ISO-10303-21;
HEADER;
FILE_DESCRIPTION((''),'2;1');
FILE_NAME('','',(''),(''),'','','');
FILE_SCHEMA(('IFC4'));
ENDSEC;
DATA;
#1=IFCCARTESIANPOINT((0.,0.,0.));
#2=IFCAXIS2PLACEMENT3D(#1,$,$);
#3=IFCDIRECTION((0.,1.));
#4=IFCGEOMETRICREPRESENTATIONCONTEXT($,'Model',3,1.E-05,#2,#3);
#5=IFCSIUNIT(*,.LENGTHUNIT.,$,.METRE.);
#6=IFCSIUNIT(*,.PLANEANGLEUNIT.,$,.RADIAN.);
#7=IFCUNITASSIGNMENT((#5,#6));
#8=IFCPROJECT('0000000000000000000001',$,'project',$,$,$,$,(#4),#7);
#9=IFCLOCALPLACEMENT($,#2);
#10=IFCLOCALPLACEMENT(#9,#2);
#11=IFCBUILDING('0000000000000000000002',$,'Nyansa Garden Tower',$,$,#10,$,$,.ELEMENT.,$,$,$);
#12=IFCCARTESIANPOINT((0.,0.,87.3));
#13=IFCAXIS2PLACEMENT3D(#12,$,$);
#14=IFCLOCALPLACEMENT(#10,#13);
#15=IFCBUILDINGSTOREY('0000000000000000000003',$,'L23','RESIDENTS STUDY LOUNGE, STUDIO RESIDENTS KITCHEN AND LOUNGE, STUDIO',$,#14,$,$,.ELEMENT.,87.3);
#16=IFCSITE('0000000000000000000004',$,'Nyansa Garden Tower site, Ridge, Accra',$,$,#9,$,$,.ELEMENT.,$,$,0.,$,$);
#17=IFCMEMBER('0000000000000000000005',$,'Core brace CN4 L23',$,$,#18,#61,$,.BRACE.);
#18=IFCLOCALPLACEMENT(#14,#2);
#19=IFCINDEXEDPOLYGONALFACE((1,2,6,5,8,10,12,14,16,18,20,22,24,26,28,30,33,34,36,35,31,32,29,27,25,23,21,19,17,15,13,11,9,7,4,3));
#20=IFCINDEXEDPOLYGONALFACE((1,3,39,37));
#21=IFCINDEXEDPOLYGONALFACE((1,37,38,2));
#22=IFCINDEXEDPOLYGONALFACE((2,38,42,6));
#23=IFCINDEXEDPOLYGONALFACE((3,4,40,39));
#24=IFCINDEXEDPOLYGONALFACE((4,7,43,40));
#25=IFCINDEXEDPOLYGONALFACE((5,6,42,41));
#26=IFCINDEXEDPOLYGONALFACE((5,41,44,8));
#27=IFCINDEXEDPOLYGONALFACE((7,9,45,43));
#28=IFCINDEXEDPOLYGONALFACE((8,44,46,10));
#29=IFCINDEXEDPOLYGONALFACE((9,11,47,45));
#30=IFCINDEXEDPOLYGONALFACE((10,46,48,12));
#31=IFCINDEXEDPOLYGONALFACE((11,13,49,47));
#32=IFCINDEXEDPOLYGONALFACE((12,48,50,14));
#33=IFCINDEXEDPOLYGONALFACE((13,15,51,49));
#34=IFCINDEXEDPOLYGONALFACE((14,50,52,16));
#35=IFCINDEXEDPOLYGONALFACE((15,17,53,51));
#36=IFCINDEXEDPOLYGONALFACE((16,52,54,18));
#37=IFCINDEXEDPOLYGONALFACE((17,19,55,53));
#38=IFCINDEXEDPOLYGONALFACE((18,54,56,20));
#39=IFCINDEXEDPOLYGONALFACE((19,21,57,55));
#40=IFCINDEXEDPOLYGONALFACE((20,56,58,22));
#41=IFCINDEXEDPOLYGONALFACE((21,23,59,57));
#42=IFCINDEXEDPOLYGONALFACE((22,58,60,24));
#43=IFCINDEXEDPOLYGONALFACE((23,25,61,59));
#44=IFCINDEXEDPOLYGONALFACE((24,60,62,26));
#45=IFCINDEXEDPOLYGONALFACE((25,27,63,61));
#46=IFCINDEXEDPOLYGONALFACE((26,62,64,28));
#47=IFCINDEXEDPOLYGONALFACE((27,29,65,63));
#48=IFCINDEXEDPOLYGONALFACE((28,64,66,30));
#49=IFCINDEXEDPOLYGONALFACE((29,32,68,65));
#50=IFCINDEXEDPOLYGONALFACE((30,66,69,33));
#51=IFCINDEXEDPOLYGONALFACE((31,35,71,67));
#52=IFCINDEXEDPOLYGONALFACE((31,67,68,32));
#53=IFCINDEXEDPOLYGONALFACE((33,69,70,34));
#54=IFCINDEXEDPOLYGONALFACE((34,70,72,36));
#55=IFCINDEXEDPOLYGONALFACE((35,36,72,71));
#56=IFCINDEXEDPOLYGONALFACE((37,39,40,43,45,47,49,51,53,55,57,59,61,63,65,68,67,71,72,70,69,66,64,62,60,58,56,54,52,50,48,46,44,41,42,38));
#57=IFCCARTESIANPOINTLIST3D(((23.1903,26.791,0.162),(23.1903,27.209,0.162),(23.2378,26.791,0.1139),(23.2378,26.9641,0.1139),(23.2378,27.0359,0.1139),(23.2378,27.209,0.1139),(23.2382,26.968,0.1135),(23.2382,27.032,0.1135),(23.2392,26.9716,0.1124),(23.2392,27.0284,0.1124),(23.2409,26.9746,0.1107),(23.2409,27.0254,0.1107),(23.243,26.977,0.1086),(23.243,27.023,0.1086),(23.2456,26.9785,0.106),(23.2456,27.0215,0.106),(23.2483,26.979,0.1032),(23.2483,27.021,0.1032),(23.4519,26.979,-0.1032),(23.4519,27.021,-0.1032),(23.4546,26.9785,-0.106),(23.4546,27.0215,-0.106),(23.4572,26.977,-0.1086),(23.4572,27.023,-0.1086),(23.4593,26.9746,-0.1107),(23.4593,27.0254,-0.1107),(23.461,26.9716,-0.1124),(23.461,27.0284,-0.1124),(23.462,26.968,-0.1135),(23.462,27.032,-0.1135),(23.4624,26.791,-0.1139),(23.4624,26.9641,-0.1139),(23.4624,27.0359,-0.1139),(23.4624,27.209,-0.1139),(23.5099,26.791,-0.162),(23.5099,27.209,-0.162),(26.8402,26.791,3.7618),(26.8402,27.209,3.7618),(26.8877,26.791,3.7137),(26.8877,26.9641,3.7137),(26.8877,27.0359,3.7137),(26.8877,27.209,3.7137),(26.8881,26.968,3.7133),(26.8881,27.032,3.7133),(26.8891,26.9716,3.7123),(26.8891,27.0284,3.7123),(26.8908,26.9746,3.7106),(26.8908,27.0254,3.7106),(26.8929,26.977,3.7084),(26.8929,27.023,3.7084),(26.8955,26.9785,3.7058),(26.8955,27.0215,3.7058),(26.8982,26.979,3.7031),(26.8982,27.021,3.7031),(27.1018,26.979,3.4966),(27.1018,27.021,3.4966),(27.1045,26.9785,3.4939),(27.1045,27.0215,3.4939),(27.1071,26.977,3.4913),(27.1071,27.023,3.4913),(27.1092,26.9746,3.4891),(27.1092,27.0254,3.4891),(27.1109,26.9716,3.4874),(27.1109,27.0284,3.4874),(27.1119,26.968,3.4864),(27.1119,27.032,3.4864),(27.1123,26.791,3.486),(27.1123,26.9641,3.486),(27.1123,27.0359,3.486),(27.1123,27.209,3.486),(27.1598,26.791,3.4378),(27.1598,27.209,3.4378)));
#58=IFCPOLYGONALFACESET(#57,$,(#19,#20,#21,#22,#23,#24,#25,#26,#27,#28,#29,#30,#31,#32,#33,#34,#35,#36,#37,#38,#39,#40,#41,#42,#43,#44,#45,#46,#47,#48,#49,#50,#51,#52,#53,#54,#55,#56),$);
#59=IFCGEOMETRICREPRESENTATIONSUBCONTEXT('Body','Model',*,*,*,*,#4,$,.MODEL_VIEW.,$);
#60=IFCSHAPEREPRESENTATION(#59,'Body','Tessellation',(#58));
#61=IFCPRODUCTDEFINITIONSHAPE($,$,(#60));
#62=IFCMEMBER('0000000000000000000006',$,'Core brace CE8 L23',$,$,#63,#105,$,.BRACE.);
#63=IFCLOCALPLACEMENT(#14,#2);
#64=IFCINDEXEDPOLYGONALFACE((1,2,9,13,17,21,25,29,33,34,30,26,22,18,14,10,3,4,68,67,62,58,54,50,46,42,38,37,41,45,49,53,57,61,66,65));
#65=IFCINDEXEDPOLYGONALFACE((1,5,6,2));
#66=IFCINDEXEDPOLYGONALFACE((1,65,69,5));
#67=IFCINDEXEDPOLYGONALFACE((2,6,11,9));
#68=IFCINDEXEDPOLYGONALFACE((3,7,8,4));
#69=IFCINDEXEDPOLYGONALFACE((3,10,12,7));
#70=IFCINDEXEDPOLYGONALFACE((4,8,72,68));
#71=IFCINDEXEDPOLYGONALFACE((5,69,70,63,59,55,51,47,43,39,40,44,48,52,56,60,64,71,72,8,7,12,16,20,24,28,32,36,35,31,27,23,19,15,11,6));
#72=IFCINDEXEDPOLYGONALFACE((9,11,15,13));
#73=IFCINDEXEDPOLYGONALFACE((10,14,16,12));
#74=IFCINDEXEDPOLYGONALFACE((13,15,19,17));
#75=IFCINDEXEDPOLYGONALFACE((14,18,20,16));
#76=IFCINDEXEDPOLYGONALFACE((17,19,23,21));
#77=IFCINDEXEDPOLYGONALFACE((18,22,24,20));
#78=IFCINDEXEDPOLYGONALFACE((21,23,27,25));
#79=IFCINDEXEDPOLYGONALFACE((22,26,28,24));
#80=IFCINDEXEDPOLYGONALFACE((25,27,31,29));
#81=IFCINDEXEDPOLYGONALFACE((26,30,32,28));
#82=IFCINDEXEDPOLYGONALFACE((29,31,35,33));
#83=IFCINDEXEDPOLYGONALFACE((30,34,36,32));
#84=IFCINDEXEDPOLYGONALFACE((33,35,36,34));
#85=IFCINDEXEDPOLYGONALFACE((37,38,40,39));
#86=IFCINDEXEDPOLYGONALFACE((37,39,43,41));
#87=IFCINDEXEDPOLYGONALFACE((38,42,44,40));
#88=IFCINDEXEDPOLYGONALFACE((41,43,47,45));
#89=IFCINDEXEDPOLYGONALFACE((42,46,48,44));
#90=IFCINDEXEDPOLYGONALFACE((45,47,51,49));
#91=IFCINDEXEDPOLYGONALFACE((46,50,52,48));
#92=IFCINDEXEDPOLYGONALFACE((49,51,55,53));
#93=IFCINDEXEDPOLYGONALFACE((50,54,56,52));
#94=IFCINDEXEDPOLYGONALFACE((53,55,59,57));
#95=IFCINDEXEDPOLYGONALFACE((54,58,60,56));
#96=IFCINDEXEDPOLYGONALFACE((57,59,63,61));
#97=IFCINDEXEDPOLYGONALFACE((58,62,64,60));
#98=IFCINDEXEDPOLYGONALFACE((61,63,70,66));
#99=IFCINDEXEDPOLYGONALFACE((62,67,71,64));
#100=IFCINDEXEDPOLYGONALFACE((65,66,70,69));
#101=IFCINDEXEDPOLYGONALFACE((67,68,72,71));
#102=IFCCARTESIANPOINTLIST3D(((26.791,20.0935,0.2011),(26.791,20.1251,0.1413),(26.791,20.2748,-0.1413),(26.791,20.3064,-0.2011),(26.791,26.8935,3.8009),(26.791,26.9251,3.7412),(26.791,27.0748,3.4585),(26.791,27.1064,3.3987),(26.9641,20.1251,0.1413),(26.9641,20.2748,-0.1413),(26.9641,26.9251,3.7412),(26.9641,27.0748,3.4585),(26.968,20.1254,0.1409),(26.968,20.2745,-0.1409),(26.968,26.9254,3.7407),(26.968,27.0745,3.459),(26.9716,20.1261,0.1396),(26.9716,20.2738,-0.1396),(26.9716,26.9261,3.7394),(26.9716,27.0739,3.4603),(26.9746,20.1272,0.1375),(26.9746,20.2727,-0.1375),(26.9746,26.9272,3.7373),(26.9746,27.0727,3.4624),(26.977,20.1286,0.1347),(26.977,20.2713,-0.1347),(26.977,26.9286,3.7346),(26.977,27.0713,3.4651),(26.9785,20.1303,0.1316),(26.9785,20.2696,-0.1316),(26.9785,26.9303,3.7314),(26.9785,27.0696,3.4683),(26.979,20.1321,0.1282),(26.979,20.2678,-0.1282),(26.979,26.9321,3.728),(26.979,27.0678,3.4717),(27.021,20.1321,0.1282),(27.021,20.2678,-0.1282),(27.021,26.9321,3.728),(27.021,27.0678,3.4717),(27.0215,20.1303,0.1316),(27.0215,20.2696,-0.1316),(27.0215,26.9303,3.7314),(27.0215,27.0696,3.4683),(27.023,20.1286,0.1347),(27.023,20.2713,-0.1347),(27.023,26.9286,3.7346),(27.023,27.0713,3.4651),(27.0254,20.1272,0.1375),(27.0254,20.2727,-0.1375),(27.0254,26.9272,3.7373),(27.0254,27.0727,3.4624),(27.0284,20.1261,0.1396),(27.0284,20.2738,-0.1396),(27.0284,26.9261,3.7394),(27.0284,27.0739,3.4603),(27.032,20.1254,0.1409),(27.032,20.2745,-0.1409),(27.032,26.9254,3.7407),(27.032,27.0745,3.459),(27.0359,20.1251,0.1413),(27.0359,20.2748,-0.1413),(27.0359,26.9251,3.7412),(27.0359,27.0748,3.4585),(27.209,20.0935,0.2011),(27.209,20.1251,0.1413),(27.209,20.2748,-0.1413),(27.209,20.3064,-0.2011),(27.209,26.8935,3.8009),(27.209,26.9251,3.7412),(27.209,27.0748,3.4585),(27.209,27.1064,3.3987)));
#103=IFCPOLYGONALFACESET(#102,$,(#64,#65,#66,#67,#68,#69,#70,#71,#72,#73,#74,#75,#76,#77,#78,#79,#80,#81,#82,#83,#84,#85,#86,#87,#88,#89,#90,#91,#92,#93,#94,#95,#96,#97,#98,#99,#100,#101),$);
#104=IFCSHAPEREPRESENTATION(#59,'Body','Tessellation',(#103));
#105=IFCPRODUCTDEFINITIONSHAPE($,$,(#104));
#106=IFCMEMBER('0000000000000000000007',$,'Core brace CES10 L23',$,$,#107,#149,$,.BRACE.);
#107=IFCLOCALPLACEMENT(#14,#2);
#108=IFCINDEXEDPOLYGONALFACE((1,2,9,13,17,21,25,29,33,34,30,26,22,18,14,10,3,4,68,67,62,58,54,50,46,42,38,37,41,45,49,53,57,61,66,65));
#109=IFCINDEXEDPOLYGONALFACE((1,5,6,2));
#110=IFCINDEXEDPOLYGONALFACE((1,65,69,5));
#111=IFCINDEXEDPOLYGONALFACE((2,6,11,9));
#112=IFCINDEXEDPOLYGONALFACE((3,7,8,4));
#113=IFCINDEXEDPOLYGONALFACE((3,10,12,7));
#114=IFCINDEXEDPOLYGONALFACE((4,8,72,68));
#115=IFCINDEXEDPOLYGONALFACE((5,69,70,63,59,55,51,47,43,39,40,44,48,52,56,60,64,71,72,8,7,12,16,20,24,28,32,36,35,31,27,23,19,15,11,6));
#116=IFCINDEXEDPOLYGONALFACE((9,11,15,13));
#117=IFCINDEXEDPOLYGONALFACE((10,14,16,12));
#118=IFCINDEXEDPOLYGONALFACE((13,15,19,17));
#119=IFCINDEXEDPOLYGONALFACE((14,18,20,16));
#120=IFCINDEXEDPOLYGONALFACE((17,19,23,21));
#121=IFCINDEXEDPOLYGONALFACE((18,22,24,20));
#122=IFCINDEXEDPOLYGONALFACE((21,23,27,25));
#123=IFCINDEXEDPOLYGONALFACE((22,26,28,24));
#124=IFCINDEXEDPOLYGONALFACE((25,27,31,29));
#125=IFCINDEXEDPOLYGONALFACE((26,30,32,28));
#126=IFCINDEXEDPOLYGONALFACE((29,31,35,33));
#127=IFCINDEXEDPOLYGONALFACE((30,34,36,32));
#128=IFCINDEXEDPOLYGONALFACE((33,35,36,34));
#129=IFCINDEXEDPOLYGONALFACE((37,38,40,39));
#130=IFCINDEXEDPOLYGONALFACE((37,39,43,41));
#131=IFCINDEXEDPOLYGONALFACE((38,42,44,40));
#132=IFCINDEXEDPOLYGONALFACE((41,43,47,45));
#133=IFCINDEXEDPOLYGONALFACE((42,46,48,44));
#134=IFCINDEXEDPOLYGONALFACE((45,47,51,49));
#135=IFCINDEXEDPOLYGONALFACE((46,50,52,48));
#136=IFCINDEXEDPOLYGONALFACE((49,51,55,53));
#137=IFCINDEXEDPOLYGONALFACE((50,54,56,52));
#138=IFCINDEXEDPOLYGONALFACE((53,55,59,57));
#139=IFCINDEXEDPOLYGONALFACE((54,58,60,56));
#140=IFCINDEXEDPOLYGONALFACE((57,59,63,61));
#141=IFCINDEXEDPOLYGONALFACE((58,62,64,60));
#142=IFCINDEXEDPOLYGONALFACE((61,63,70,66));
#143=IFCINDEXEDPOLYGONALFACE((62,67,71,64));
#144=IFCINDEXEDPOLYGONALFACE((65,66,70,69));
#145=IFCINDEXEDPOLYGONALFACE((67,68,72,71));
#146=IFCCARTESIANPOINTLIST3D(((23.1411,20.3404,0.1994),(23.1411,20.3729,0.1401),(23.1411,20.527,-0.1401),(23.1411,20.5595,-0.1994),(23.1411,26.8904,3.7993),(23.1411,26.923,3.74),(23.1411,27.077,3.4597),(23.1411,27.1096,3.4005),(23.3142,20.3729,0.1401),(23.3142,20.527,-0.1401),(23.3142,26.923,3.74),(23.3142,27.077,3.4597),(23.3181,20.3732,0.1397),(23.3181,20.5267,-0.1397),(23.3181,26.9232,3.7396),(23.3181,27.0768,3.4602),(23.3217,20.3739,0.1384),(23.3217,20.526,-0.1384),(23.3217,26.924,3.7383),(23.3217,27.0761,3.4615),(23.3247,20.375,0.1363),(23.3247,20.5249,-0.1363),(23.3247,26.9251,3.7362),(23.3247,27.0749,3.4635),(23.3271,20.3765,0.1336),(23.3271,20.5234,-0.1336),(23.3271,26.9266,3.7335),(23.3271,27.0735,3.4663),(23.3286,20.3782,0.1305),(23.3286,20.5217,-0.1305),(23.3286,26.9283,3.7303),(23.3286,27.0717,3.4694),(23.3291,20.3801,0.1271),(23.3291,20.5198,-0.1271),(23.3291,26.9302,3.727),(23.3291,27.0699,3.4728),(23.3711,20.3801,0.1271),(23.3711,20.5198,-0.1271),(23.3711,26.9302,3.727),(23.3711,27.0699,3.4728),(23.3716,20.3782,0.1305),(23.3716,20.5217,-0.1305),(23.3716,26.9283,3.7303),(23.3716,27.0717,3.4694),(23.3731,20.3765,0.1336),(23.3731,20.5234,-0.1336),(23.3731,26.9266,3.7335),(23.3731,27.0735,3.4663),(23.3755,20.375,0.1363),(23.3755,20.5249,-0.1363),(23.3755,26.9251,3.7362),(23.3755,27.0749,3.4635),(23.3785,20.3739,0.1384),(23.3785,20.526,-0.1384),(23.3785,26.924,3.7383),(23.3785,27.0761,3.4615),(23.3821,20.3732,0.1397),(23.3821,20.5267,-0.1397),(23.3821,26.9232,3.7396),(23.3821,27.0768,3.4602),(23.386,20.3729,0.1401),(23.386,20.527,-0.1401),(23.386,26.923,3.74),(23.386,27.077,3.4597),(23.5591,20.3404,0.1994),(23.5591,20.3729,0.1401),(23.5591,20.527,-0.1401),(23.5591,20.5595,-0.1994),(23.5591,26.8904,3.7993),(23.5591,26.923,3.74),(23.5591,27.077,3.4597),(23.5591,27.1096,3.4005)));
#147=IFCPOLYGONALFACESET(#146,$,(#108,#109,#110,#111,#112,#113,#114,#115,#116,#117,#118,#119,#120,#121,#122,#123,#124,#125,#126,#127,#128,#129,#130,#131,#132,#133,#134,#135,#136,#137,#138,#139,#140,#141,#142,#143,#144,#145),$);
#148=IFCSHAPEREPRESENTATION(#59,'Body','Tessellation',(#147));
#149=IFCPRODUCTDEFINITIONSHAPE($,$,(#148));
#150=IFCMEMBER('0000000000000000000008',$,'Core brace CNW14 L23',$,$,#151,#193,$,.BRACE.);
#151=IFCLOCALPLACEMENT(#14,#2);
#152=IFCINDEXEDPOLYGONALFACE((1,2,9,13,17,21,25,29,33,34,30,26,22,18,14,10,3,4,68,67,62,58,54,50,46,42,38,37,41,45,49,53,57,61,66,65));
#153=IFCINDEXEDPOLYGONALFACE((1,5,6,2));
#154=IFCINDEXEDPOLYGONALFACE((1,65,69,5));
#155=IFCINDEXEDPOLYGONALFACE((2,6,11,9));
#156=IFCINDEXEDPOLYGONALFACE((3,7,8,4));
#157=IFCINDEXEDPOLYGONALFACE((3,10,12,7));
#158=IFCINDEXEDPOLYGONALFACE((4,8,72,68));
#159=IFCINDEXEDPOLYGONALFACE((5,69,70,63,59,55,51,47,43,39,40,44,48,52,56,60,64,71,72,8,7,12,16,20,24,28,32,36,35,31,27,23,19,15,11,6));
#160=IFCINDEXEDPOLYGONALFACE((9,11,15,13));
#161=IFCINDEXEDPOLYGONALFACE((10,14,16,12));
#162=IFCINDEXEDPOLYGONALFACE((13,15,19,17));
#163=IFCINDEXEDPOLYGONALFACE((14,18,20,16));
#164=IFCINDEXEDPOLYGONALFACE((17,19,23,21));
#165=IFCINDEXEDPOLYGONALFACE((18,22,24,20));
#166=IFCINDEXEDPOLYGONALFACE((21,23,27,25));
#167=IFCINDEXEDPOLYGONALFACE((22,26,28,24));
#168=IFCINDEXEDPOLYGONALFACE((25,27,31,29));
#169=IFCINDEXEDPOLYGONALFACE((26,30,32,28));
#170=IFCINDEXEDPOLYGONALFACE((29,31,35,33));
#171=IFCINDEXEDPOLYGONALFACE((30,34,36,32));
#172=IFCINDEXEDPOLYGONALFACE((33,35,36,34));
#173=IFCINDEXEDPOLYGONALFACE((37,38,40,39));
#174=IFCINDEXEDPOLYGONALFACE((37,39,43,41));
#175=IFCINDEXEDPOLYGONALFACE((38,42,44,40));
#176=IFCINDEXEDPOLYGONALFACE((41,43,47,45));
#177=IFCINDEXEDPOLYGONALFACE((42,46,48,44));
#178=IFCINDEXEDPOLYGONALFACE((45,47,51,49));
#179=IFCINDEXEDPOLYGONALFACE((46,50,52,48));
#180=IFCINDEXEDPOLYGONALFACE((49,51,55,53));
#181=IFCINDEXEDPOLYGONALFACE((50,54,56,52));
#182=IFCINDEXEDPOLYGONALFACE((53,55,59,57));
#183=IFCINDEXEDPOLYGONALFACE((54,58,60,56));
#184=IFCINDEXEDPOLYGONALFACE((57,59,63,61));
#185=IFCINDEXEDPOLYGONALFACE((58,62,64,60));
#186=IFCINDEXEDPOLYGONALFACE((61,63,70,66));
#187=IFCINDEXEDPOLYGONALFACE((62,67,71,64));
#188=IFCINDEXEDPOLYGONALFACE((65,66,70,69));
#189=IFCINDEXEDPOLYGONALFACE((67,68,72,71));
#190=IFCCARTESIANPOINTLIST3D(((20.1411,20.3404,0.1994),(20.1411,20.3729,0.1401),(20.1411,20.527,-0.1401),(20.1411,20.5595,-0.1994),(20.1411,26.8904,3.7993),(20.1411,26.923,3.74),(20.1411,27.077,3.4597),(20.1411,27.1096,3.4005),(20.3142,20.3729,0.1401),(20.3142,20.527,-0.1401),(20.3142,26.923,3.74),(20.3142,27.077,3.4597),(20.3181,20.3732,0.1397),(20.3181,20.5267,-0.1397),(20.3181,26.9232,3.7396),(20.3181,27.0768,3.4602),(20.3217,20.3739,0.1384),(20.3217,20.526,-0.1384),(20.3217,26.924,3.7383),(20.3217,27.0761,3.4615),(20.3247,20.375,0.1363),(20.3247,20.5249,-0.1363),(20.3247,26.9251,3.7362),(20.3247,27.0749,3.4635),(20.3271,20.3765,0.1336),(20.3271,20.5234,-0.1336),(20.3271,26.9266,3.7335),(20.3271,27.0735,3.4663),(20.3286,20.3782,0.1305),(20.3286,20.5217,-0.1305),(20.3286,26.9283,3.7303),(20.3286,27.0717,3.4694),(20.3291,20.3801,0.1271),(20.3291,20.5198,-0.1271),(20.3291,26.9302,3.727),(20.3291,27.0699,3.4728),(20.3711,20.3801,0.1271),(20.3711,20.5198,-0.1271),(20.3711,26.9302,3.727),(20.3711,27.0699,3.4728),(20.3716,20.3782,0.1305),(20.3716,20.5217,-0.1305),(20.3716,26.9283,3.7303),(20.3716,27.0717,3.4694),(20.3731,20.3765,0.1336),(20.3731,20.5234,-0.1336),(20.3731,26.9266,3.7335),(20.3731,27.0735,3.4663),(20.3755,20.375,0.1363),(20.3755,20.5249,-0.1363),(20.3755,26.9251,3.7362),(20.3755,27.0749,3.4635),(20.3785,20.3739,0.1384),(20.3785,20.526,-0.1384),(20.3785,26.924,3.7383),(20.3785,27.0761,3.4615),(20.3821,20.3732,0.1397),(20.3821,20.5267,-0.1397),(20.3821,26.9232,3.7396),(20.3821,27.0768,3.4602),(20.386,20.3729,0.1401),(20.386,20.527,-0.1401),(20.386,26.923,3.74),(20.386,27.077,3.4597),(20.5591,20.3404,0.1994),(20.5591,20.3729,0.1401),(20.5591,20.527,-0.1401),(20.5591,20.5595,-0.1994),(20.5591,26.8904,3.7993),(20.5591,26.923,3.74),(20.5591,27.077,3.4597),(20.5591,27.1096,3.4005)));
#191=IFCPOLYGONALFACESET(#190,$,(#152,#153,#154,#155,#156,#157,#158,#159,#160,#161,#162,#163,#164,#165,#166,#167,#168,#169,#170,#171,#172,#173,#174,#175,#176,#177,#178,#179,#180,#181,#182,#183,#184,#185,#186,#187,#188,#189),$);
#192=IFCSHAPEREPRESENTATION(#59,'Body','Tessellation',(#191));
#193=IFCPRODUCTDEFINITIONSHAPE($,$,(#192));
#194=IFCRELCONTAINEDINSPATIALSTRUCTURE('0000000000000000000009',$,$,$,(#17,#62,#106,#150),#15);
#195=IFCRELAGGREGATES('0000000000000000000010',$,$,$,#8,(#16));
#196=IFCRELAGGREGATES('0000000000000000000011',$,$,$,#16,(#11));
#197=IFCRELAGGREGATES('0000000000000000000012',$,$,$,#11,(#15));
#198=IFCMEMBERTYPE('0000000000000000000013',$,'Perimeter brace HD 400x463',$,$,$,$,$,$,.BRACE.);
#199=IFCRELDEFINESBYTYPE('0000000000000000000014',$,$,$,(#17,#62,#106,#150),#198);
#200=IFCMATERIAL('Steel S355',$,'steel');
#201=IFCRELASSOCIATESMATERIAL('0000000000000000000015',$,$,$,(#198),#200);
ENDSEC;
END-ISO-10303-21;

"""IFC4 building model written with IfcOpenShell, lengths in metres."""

from ifc_helpers import new_model, si_unit, direction, frame, origin, origin_2d, place, context, subcontext, project, spatial, i_section, extrude, material, material_profile, profile_set, type_object, element, save


model = new_model("IFC4")

# Units and contexts
model_context = context("Model", 3, precision=1e-05, world=origin(), true_north=direction((0.0, 1.0)))
body_context = subcontext(model_context, "Body", "Model", "MODEL_VIEW")
ifc_project = project(units=[si_unit("LENGTHUNIT", "METRE"), si_unit("PLANEANGLEUNIT", "RADIAN")], contexts=[model_context])

# Site, building, storey
site_placement = place(None, origin())
site = spatial("IfcSite", under=ifc_project, at=site_placement, Name="Nyansa Garden Tower site, Ridge, Accra", CompositionType="ELEMENT", RefElevation=0.0)
building_placement = place(site_placement, origin())
building = spatial("IfcBuilding", under=site, at=building_placement, Name="Nyansa Garden Tower", CompositionType="ELEMENT")
storey_placement = place(building_placement, frame((0.0, 0.0, 87.3)))
storey = spatial("IfcBuildingStorey", under=building, at=storey_placement, Name="L23", Description="RESIDENTS STUDY LOUNGE, STUDIO RESIDENTS KITCHEN AND LOUNGE, STUDIO", CompositionType="ELEMENT", Elevation=87.3)

# Members
ifc_material_1 = material(Name="Steel S355", Category="steel")
ifc_material_profile_1 = material_profile(ifc_material_1, i_section(OverallWidth=0.418, OverallDepth=0.4551, WebThickness=0.042, FlangeThickness=0.0676, FilletRadius=0.0149, at=origin_2d()), Name="HD 400x463")
ifc_profile_set_1 = profile_set([ifc_material_profile_1], Name="Steel S355")
member_type = type_object("IfcMemberType", Name="Perimeter brace HD 400x463", PredefinedType="BRACE", material=ifc_profile_set_1)
member_1_placement = place(storey_placement, frame((23.3501, 27.0, 0.0), z_axis=(0.711971, 0.0, 0.702209), x_axis=(0.0, 1.0, 0.0)))
element("IfcMember", 1, at=member_1_placement, inside=storey, type_object=member_type, Name="Core brace CN4 L23", PredefinedType="BRACE", context=body_context, shape_type="SweptSolid", body=[
    extrude(i_section(OverallWidth=0.418, OverallDepth=0.4551, WebThickness=0.042, FlangeThickness=0.0676, FilletRadius=0.0149, at=origin_2d()), origin(), (0.0, 0.0, 1.0), 5.1265),
])
member_2_placement = place(storey_placement, frame((27.0, 20.2, 0.0), z_axis=(0.0, 0.883797, 0.46787), x_axis=(-1.0, 0.0, 0.0)))
element("IfcMember", 2, at=member_2_placement, inside=storey, type_object=member_type, Name="Core brace CE8 L23", PredefinedType="BRACE", context=body_context, shape_type="SweptSolid", body=[
    extrude(i_section(OverallWidth=0.418, OverallDepth=0.4551, WebThickness=0.042, FlangeThickness=0.0676, FilletRadius=0.0149, at=origin_2d()), origin(), (0.0, 0.0, 1.0), 7.6941),
])
for number, where, z_axis, x_axis, name in (
    (3, (23.3501, 20.45, 0.0), (0.0, 0.876367, 0.481644), (-1.0, 0.0, 0.0), "Core brace CES10 L23"),
    (4, (20.3501, 20.45, 0.0), (0.0, 0.876367, 0.481644), (-1.0, 0.0, 0.0), "Core brace CNW14 L23"),
):
    element("IfcMember", number, at=place(storey_placement, frame(where, z_axis=z_axis, x_axis=x_axis)), inside=storey, type_object=member_type, Name=name, PredefinedType="BRACE", context=body_context, shape_type="SweptSolid", body=[
        extrude(i_section(OverallWidth=0.418, OverallDepth=0.4551, WebThickness=0.042, FlangeThickness=0.0676, FilletRadius=0.0149, at=origin_2d()), origin(), (0.0, 0.0, 1.0), 7.4741),
    ])

save(model, "model.ifc")
